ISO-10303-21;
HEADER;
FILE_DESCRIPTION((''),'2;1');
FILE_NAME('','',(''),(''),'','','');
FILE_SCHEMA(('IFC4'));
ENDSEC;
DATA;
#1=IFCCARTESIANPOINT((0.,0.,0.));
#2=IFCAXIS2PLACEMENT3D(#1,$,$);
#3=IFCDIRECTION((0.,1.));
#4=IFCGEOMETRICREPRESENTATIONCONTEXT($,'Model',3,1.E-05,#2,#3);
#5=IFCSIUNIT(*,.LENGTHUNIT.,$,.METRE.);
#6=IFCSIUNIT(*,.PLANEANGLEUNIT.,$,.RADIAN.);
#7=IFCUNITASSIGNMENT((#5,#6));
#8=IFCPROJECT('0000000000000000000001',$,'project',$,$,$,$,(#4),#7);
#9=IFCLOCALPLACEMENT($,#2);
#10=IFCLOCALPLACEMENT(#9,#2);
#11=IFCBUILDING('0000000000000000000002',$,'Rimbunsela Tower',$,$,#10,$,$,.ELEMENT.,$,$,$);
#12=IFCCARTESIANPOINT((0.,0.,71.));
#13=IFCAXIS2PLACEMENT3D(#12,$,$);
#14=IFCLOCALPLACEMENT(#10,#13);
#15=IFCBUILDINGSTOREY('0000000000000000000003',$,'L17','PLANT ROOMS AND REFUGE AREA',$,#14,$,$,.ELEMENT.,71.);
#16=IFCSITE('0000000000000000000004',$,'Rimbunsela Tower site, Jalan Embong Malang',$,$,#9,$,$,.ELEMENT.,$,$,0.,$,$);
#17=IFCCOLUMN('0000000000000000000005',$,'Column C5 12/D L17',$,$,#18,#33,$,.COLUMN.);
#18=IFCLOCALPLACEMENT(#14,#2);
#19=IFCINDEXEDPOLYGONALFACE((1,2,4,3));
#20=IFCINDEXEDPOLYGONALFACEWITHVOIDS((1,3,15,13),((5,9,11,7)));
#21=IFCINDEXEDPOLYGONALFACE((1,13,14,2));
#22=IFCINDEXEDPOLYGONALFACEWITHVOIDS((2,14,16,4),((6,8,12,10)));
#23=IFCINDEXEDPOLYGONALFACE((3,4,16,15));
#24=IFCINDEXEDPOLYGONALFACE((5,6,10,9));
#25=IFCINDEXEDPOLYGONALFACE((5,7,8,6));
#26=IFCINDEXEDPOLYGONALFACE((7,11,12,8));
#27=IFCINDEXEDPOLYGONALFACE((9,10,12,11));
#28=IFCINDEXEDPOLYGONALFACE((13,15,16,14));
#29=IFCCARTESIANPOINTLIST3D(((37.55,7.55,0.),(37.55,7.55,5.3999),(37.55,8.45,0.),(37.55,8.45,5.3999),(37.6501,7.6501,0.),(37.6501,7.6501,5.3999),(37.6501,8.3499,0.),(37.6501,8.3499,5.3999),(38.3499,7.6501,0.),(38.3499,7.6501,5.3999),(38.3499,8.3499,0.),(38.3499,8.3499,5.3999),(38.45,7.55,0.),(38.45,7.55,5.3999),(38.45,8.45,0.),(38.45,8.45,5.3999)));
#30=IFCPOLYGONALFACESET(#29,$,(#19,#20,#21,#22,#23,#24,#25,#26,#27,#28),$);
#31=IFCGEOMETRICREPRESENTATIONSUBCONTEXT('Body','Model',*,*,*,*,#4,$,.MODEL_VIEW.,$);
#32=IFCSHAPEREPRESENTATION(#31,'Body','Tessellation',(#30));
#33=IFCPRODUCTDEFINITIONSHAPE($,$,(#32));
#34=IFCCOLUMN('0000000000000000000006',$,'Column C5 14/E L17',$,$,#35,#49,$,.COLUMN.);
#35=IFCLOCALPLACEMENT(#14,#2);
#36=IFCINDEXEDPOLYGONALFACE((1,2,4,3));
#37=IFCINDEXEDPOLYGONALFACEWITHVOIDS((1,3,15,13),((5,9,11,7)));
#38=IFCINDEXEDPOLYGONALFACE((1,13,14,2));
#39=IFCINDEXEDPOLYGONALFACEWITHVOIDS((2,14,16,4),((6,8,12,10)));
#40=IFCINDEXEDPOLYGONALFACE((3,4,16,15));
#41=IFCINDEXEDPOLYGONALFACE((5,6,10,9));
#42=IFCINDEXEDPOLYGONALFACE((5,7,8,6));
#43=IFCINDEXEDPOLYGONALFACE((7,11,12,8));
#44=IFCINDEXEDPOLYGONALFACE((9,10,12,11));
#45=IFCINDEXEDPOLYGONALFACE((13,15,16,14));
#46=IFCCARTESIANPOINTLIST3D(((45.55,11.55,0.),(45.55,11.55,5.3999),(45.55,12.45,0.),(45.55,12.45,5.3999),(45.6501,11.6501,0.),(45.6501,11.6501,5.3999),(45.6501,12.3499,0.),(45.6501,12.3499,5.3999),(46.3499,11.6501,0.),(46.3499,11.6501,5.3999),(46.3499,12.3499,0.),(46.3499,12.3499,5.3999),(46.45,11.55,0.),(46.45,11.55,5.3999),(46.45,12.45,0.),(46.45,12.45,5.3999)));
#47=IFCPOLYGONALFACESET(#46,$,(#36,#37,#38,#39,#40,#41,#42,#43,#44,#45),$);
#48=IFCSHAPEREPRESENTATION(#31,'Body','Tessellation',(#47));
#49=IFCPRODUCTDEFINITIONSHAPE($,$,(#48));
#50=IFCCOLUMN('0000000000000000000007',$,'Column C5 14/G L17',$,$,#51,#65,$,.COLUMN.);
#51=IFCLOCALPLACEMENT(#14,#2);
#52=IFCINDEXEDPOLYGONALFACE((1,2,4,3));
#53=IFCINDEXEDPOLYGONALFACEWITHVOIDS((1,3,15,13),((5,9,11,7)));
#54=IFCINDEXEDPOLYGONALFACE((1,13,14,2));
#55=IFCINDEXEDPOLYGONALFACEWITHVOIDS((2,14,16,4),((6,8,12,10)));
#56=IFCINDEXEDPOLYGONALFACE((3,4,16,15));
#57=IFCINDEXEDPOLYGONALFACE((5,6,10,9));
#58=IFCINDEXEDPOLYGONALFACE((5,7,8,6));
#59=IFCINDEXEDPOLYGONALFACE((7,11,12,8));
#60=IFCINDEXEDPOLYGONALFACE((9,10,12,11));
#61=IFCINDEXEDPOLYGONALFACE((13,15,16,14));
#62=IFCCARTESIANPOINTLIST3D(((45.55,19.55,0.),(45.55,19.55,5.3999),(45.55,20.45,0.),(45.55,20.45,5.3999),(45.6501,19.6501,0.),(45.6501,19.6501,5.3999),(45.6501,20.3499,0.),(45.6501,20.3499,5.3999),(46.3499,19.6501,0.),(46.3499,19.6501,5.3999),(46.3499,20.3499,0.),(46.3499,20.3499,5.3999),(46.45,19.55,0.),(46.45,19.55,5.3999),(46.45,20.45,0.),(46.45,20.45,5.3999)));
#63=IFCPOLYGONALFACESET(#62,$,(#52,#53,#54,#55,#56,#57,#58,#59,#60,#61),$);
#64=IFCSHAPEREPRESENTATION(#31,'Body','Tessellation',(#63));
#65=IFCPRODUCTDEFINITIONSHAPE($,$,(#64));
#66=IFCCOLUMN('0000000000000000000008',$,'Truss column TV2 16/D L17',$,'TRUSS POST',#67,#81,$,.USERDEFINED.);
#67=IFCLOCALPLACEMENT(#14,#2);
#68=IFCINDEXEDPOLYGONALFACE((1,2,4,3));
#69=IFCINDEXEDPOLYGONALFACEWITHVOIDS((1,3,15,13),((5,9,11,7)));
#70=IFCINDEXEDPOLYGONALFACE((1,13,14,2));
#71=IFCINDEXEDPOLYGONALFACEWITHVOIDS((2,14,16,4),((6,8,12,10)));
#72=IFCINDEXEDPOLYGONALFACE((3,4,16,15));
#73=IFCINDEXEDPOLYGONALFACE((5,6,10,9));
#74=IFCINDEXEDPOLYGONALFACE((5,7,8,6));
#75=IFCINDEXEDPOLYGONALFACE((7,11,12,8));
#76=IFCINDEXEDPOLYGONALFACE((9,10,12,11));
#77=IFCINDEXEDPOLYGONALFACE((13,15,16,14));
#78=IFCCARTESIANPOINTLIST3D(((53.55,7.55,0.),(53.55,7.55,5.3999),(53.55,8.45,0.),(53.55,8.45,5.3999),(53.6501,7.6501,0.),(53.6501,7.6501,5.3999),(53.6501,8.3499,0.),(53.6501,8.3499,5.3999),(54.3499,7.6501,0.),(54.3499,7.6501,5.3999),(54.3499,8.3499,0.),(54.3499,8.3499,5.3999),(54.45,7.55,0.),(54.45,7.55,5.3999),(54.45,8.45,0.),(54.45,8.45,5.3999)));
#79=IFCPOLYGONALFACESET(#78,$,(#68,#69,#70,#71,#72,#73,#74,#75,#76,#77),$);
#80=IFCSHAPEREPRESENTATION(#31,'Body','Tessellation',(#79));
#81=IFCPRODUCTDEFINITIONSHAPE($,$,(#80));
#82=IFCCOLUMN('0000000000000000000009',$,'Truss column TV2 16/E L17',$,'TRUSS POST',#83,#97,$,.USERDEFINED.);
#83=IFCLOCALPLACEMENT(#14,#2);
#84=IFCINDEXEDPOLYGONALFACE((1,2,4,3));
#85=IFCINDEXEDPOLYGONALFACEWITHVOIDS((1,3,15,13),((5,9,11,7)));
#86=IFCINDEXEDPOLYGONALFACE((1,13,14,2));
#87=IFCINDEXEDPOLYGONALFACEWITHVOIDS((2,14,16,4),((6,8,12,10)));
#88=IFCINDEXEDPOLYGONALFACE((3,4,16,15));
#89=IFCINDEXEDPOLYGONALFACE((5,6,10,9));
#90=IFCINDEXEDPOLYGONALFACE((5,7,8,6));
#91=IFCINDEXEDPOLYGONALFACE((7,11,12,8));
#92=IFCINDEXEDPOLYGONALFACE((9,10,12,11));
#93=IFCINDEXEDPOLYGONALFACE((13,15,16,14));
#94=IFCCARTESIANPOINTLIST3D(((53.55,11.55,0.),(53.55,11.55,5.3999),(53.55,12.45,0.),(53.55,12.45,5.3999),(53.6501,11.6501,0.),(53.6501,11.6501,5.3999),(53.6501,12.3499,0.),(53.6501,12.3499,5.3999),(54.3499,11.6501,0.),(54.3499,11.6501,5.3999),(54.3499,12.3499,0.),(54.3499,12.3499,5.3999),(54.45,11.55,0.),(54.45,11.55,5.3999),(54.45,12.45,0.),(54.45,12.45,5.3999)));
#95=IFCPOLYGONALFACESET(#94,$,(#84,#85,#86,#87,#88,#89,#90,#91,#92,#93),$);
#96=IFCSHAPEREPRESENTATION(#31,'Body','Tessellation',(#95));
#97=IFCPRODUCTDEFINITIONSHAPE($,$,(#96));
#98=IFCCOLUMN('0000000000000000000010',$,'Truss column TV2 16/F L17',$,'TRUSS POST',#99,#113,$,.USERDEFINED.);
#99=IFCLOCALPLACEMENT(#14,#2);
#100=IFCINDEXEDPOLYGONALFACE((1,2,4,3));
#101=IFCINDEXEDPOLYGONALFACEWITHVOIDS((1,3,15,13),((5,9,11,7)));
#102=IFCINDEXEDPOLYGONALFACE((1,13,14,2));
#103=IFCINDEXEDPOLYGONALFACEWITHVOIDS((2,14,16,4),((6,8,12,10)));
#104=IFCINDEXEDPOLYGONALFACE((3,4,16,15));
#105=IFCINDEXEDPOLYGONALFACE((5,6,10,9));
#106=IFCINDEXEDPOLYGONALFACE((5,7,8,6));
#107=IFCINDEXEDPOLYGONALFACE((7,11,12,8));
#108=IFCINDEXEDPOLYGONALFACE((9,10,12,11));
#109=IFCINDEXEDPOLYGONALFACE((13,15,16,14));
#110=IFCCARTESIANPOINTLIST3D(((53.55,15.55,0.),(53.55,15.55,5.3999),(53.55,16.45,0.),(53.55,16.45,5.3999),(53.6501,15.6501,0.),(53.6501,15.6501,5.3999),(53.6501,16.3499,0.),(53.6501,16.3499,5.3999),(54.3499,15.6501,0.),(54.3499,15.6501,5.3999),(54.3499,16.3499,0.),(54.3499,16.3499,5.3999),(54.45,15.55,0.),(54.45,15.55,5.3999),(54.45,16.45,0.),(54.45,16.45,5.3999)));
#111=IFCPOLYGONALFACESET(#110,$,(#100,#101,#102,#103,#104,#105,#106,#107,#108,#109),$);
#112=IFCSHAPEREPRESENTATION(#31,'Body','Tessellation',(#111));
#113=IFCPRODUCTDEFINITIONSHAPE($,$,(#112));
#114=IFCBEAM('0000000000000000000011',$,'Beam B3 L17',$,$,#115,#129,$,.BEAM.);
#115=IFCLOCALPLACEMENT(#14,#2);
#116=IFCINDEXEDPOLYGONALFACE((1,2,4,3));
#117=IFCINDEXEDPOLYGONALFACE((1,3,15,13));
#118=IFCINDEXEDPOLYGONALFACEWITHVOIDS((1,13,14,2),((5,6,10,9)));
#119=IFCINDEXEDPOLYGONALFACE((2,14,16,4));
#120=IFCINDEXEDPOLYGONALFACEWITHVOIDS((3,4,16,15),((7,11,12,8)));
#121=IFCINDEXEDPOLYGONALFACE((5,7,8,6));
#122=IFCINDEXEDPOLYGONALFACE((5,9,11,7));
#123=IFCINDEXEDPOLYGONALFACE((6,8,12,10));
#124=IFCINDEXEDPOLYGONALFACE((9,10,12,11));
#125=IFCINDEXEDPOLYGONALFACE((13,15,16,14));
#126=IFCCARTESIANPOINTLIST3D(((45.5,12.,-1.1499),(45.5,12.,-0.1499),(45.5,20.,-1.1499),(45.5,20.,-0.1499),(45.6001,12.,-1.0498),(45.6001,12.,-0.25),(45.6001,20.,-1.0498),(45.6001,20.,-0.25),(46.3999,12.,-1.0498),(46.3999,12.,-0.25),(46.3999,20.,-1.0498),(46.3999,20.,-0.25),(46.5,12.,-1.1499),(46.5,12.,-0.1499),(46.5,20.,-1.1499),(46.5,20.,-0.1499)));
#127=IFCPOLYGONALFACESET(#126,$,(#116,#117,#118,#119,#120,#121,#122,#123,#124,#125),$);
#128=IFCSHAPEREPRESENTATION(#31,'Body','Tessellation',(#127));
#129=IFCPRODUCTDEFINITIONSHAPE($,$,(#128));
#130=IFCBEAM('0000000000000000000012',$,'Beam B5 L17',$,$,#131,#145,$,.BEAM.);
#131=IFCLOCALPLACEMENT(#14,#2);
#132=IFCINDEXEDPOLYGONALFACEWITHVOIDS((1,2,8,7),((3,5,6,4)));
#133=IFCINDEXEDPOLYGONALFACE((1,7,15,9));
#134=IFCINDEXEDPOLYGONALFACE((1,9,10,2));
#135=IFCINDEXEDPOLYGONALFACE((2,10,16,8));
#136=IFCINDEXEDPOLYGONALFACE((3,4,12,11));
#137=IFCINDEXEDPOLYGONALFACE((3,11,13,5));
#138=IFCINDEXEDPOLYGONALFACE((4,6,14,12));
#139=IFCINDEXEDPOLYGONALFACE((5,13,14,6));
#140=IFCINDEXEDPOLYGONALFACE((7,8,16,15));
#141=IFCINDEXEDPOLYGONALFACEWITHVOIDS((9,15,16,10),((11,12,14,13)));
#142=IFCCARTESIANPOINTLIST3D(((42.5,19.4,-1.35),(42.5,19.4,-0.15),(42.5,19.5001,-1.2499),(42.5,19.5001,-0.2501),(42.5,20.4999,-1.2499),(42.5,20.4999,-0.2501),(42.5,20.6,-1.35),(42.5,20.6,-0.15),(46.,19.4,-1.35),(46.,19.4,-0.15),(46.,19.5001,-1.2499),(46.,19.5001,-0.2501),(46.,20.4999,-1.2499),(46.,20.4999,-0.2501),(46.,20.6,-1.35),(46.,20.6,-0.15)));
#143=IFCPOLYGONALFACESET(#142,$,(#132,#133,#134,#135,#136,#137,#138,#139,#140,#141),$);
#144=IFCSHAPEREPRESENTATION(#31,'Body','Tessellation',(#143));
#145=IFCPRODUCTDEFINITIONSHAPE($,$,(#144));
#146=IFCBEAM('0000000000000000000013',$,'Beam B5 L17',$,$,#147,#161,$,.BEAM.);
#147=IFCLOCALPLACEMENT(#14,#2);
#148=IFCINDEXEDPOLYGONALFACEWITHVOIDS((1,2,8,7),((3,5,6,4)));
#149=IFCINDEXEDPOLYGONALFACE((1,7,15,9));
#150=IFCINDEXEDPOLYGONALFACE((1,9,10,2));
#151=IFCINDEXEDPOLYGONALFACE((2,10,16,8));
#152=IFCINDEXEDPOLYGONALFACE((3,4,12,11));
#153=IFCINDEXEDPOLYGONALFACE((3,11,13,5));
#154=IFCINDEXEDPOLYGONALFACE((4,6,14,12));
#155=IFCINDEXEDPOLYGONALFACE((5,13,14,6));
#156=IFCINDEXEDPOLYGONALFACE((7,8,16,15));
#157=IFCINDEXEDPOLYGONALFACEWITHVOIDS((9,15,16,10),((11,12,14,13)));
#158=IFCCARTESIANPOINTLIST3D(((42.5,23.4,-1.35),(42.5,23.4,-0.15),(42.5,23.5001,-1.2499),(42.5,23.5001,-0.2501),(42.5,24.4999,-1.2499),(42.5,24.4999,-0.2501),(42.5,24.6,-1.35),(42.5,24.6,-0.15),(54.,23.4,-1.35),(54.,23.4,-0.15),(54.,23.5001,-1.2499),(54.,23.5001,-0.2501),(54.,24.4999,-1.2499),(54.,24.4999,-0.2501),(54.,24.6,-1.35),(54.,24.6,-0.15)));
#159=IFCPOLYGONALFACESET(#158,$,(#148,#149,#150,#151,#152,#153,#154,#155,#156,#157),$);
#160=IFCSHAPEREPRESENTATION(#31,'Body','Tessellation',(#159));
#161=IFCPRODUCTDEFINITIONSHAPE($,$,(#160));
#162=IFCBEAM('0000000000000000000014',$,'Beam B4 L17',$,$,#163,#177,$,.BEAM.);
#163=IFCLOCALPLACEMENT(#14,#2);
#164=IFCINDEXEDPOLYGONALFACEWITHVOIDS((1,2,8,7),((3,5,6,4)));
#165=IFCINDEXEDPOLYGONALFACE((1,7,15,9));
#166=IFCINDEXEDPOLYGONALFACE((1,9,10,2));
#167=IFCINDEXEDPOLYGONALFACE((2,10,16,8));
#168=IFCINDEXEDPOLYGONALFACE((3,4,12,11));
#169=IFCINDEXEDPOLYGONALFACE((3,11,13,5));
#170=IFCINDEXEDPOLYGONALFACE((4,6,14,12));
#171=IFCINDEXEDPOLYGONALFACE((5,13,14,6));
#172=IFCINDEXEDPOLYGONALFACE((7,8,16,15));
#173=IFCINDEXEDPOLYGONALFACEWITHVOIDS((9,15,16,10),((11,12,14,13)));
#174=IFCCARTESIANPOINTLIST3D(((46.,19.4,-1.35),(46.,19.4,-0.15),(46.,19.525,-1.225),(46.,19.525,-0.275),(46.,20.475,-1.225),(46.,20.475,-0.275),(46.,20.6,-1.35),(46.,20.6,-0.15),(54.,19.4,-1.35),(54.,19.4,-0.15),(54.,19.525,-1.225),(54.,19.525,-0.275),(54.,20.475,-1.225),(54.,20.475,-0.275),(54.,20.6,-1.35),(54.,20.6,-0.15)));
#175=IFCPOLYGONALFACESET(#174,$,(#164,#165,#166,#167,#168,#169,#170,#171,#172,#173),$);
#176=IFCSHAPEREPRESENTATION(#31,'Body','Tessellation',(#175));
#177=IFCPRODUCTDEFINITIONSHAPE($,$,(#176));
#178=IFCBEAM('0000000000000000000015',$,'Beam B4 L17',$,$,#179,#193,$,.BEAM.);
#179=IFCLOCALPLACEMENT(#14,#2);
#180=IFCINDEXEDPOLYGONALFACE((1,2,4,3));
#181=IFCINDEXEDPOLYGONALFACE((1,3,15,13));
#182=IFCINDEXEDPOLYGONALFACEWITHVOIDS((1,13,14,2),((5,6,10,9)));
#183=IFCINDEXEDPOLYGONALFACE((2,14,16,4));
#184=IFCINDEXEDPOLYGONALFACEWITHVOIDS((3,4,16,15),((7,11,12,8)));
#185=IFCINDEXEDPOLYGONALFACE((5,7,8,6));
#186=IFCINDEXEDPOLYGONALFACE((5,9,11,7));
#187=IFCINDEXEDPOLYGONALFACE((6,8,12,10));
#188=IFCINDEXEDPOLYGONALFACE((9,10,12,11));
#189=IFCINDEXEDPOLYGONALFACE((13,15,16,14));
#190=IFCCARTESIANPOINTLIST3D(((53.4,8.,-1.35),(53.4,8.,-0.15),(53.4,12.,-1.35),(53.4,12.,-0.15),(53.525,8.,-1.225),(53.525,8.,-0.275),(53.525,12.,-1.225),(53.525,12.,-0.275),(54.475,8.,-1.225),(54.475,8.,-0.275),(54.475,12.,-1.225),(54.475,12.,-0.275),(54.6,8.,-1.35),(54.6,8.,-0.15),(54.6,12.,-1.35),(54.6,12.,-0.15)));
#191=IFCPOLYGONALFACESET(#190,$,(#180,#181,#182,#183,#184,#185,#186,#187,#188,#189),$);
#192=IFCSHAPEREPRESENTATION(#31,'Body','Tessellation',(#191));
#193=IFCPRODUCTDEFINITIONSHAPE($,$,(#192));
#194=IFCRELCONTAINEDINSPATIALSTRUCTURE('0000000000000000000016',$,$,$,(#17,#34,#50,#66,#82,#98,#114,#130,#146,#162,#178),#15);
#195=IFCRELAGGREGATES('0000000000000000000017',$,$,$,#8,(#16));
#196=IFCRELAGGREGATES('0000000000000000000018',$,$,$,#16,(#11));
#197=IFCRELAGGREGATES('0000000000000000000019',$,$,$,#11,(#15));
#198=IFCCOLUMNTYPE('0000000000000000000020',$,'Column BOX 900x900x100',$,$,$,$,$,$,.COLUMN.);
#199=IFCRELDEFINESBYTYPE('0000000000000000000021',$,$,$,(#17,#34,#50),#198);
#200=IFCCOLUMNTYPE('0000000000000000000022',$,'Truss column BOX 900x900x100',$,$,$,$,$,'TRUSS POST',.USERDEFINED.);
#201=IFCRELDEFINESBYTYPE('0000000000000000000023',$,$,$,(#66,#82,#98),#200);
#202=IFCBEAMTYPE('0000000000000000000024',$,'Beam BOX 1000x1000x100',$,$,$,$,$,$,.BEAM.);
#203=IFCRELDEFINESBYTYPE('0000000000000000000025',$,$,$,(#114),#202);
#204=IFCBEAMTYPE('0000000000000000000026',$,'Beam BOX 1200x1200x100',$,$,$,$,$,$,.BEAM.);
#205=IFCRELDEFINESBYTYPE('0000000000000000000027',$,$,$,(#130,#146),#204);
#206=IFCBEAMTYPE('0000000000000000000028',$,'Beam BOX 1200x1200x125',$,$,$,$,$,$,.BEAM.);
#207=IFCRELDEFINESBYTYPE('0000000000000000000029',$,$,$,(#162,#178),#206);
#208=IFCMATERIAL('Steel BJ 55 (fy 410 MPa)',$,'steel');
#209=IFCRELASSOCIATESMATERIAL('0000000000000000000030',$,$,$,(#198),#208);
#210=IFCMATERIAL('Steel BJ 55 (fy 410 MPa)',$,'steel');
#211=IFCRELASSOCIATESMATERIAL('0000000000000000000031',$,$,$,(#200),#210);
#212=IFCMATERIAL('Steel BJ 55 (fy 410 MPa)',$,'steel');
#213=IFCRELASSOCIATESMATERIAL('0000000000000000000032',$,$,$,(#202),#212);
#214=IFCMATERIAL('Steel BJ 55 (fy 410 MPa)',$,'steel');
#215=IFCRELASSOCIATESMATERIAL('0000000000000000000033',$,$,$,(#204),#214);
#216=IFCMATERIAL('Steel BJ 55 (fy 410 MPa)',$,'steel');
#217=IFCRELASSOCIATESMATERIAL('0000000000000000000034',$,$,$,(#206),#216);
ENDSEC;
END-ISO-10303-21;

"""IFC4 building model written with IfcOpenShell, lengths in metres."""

from ifc_helpers import new_model, si_unit, direction, frame, origin, origin_2d, place, context, subcontext, project, spatial, hollow_rectangle, extrude, material, material_profile, profile_set, type_object, element, save


model = new_model("IFC4")

# Units and contexts
model_context = context("Model", 3, precision=1e-05, world=origin(), true_north=direction((0.0, 1.0)))
body_context = subcontext(model_context, "Body", "Model", "MODEL_VIEW")
ifc_project = project(units=[si_unit("LENGTHUNIT", "METRE"), si_unit("PLANEANGLEUNIT", "RADIAN")], contexts=[model_context])

# Site, building, storey
site_placement = place(None, origin())
site = spatial("IfcSite", under=ifc_project, at=site_placement, Name="Rimbunsela Tower site, Jalan Embong Malang", CompositionType="ELEMENT", RefElevation=0.0)
building_placement = place(site_placement, origin())
building = spatial("IfcBuilding", under=site, at=building_placement, Name="Rimbunsela Tower", CompositionType="ELEMENT")
storey_placement = place(building_placement, frame((0.0, 0.0, 71.0)))
storey = spatial("IfcBuildingStorey", under=building, at=storey_placement, Name="L17", Description="PLANT ROOMS AND REFUGE AREA", CompositionType="ELEMENT", Elevation=71.0)

# Columns
ifc_material_1 = material(Name="Steel BJ 55 (fy 410 MPa)", Category="steel")
ifc_material_profile_1 = material_profile(ifc_material_1, hollow_rectangle(XDim=0.8999, YDim=0.8999, WallThickness=0.1001, at=origin_2d()), Name="BOX 900x900x100")
ifc_profile_set_1 = profile_set([ifc_material_profile_1], Name="Steel BJ 55 (fy 410 MPa)")
column_type_1 = type_object("IfcColumnType", Name="Column BOX 900x900x100", PredefinedType="COLUMN", material=ifc_profile_set_1)
for number, where, z_axis, x_axis, name in (
    (1, (38.0, 8.0, 0.0), (0.0, 0.0, 1.0), (1.0, 0.0, 0.0), "Column C5 12/D L17"),
    (2, (46.0, 12.0, 0.0), (0.0, 0.0, 1.0), (1.0, 0.0, 0.0), "Column C5 14/E L17"),
    (3, (46.0, 20.0, 0.0), (0.0, 0.0, 1.0), (1.0, 0.0, 0.0), "Column C5 14/G L17"),
):
    element("IfcColumn", number, at=place(storey_placement, frame(where, z_axis=z_axis, x_axis=x_axis)), inside=storey, type_object=column_type_1, Name=name, PredefinedType="COLUMN", context=body_context, shape_type="SweptSolid", body=[
        extrude(hollow_rectangle(XDim=0.8999, YDim=0.8999, WallThickness=0.1001, at=origin_2d()), origin(), (0.0, 0.0, 1.0), 5.3999),
    ])
ifc_material_2 = material(Name="Steel BJ 55 (fy 410 MPa)", Category="steel")
ifc_material_profile_2 = material_profile(ifc_material_2, hollow_rectangle(XDim=0.8999, YDim=0.8999, WallThickness=0.1001, at=origin_2d()), Name="BOX 900x900x100")
ifc_profile_set_2 = profile_set([ifc_material_profile_2], Name="Steel BJ 55 (fy 410 MPa)")
column_type_2 = type_object("IfcColumnType", Name="Truss column BOX 900x900x100", ElementType="TRUSS POST", PredefinedType="USERDEFINED", material=ifc_profile_set_2)
for number, where, z_axis, x_axis, name in (
    (4, (54.0, 8.0, 0.0), (0.0, 0.0, 1.0), (1.0, 0.0, 0.0), "Truss column TV2 16/D L17"),
    (5, (54.0, 12.0, 0.0), (0.0, 0.0, 1.0), (1.0, 0.0, 0.0), "Truss column TV2 16/E L17"),
    (6, (54.0, 16.0, 0.0), (0.0, 0.0, 1.0), (1.0, 0.0, 0.0), "Truss column TV2 16/F L17"),
):
    element("IfcColumn", number, at=place(storey_placement, frame(where, z_axis=z_axis, x_axis=x_axis)), inside=storey, type_object=column_type_2, Name=name, ObjectType="TRUSS POST", PredefinedType="USERDEFINED", context=body_context, shape_type="SweptSolid", body=[
        extrude(hollow_rectangle(XDim=0.8999, YDim=0.8999, WallThickness=0.1001, at=origin_2d()), origin(), (0.0, 0.0, 1.0), 5.3999),
    ])

# Beams
ifc_material_3 = material(Name="Steel BJ 55 (fy 410 MPa)", Category="steel")
ifc_material_profile_3 = material_profile(ifc_material_3, hollow_rectangle(XDim=1.0, YDim=1.0, WallThickness=0.1001, at=origin_2d()), Name="BOX 1000x1000x100")
ifc_profile_set_3 = profile_set([ifc_material_profile_3], Name="Steel BJ 55 (fy 410 MPa)")
beam_type_1 = type_object("IfcBeamType", Name="Beam BOX 1000x1000x100", PredefinedType="BEAM", material=ifc_profile_set_3)
beam_1_placement = place(storey_placement, frame((46.0, 12.0, -0.6499), z_axis=(0.0, 1.0, 0.0), x_axis=(-1.0, 0.0, 0.0)))
element("IfcBeam", 7, at=beam_1_placement, inside=storey, type_object=beam_type_1, Name="Beam B3 L17", PredefinedType="BEAM", context=body_context, shape_type="SweptSolid", body=[
    extrude(hollow_rectangle(XDim=1.0, YDim=1.0, WallThickness=0.1001, at=origin_2d()), origin(), (0.0, 0.0, 1.0), 8.0),
])
ifc_material_4 = material(Name="Steel BJ 55 (fy 410 MPa)", Category="steel")
ifc_material_profile_4 = material_profile(ifc_material_4, hollow_rectangle(XDim=1.2, YDim=1.2, WallThickness=0.1001, at=origin_2d()), Name="BOX 1200x1200x100")
ifc_profile_set_4 = profile_set([ifc_material_profile_4], Name="Steel BJ 55 (fy 410 MPa)")
beam_type_2 = type_object("IfcBeamType", Name="Beam BOX 1200x1200x100", PredefinedType="BEAM", material=ifc_profile_set_4)
beam_2_placement = place(storey_placement, frame((42.5, 20.0, -0.75), z_axis=(1.0, 0.0, 0.0), x_axis=(0.0, 1.0, 0.0)))
element("IfcBeam", 8, at=beam_2_placement, inside=storey, type_object=beam_type_2, Name="Beam B5 L17", PredefinedType="BEAM", context=body_context, shape_type="SweptSolid", body=[
    extrude(hollow_rectangle(XDim=1.2, YDim=1.2, WallThickness=0.1001, at=origin_2d()), origin(), (0.0, 0.0, 1.0), 3.5),
])
beam_3_placement = place(storey_placement, frame((42.5, 24.0, -0.75), z_axis=(1.0, 0.0, 0.0), x_axis=(0.0, 1.0, 0.0)))
element("IfcBeam", 9, at=beam_3_placement, inside=storey, type_object=beam_type_2, Name="Beam B5 L17", PredefinedType="BEAM", context=body_context, shape_type="SweptSolid", body=[
    extrude(hollow_rectangle(XDim=1.2, YDim=1.2, WallThickness=0.1001, at=origin_2d()), origin(), (0.0, 0.0, 1.0), 11.5),
])
ifc_material_5 = material(Name="Steel BJ 55 (fy 410 MPa)", Category="steel")
ifc_material_profile_5 = material_profile(ifc_material_5, hollow_rectangle(XDim=1.2, YDim=1.2, WallThickness=0.125, at=origin_2d()), Name="BOX 1200x1200x125")
ifc_profile_set_5 = profile_set([ifc_material_profile_5], Name="Steel BJ 55 (fy 410 MPa)")
beam_type_3 = type_object("IfcBeamType", Name="Beam BOX 1200x1200x125", PredefinedType="BEAM", material=ifc_profile_set_5)
beam_4_placement = place(storey_placement, frame((46.0, 20.0, -0.75), z_axis=(1.0, 0.0, 0.0), x_axis=(0.0, 1.0, 0.0)))
element("IfcBeam", 10, at=beam_4_placement, inside=storey, type_object=beam_type_3, Name="Beam B4 L17", PredefinedType="BEAM", context=body_context, shape_type="SweptSolid", body=[
    extrude(hollow_rectangle(XDim=1.2, YDim=1.2, WallThickness=0.125, at=origin_2d()), origin(), (0.0, 0.0, 1.0), 8.0),
])
for number, where, z_axis, x_axis, name in (
    (11, (54.0, 8.0, -0.75), (0.0, 1.0, 0.0), (-1.0, 0.0, 0.0), "Beam B4 L17"),
):
    element("IfcBeam", number, at=place(storey_placement, frame(where, z_axis=z_axis, x_axis=x_axis)), inside=storey, type_object=beam_type_3, Name=name, PredefinedType="BEAM", context=body_context, shape_type="SweptSolid", body=[
        extrude(hollow_rectangle(XDim=1.2, YDim=1.2, WallThickness=0.125, at=origin_2d()), origin(), (0.0, 0.0, 1.0), 4.0),
    ])

save(model, "model.ifc")
